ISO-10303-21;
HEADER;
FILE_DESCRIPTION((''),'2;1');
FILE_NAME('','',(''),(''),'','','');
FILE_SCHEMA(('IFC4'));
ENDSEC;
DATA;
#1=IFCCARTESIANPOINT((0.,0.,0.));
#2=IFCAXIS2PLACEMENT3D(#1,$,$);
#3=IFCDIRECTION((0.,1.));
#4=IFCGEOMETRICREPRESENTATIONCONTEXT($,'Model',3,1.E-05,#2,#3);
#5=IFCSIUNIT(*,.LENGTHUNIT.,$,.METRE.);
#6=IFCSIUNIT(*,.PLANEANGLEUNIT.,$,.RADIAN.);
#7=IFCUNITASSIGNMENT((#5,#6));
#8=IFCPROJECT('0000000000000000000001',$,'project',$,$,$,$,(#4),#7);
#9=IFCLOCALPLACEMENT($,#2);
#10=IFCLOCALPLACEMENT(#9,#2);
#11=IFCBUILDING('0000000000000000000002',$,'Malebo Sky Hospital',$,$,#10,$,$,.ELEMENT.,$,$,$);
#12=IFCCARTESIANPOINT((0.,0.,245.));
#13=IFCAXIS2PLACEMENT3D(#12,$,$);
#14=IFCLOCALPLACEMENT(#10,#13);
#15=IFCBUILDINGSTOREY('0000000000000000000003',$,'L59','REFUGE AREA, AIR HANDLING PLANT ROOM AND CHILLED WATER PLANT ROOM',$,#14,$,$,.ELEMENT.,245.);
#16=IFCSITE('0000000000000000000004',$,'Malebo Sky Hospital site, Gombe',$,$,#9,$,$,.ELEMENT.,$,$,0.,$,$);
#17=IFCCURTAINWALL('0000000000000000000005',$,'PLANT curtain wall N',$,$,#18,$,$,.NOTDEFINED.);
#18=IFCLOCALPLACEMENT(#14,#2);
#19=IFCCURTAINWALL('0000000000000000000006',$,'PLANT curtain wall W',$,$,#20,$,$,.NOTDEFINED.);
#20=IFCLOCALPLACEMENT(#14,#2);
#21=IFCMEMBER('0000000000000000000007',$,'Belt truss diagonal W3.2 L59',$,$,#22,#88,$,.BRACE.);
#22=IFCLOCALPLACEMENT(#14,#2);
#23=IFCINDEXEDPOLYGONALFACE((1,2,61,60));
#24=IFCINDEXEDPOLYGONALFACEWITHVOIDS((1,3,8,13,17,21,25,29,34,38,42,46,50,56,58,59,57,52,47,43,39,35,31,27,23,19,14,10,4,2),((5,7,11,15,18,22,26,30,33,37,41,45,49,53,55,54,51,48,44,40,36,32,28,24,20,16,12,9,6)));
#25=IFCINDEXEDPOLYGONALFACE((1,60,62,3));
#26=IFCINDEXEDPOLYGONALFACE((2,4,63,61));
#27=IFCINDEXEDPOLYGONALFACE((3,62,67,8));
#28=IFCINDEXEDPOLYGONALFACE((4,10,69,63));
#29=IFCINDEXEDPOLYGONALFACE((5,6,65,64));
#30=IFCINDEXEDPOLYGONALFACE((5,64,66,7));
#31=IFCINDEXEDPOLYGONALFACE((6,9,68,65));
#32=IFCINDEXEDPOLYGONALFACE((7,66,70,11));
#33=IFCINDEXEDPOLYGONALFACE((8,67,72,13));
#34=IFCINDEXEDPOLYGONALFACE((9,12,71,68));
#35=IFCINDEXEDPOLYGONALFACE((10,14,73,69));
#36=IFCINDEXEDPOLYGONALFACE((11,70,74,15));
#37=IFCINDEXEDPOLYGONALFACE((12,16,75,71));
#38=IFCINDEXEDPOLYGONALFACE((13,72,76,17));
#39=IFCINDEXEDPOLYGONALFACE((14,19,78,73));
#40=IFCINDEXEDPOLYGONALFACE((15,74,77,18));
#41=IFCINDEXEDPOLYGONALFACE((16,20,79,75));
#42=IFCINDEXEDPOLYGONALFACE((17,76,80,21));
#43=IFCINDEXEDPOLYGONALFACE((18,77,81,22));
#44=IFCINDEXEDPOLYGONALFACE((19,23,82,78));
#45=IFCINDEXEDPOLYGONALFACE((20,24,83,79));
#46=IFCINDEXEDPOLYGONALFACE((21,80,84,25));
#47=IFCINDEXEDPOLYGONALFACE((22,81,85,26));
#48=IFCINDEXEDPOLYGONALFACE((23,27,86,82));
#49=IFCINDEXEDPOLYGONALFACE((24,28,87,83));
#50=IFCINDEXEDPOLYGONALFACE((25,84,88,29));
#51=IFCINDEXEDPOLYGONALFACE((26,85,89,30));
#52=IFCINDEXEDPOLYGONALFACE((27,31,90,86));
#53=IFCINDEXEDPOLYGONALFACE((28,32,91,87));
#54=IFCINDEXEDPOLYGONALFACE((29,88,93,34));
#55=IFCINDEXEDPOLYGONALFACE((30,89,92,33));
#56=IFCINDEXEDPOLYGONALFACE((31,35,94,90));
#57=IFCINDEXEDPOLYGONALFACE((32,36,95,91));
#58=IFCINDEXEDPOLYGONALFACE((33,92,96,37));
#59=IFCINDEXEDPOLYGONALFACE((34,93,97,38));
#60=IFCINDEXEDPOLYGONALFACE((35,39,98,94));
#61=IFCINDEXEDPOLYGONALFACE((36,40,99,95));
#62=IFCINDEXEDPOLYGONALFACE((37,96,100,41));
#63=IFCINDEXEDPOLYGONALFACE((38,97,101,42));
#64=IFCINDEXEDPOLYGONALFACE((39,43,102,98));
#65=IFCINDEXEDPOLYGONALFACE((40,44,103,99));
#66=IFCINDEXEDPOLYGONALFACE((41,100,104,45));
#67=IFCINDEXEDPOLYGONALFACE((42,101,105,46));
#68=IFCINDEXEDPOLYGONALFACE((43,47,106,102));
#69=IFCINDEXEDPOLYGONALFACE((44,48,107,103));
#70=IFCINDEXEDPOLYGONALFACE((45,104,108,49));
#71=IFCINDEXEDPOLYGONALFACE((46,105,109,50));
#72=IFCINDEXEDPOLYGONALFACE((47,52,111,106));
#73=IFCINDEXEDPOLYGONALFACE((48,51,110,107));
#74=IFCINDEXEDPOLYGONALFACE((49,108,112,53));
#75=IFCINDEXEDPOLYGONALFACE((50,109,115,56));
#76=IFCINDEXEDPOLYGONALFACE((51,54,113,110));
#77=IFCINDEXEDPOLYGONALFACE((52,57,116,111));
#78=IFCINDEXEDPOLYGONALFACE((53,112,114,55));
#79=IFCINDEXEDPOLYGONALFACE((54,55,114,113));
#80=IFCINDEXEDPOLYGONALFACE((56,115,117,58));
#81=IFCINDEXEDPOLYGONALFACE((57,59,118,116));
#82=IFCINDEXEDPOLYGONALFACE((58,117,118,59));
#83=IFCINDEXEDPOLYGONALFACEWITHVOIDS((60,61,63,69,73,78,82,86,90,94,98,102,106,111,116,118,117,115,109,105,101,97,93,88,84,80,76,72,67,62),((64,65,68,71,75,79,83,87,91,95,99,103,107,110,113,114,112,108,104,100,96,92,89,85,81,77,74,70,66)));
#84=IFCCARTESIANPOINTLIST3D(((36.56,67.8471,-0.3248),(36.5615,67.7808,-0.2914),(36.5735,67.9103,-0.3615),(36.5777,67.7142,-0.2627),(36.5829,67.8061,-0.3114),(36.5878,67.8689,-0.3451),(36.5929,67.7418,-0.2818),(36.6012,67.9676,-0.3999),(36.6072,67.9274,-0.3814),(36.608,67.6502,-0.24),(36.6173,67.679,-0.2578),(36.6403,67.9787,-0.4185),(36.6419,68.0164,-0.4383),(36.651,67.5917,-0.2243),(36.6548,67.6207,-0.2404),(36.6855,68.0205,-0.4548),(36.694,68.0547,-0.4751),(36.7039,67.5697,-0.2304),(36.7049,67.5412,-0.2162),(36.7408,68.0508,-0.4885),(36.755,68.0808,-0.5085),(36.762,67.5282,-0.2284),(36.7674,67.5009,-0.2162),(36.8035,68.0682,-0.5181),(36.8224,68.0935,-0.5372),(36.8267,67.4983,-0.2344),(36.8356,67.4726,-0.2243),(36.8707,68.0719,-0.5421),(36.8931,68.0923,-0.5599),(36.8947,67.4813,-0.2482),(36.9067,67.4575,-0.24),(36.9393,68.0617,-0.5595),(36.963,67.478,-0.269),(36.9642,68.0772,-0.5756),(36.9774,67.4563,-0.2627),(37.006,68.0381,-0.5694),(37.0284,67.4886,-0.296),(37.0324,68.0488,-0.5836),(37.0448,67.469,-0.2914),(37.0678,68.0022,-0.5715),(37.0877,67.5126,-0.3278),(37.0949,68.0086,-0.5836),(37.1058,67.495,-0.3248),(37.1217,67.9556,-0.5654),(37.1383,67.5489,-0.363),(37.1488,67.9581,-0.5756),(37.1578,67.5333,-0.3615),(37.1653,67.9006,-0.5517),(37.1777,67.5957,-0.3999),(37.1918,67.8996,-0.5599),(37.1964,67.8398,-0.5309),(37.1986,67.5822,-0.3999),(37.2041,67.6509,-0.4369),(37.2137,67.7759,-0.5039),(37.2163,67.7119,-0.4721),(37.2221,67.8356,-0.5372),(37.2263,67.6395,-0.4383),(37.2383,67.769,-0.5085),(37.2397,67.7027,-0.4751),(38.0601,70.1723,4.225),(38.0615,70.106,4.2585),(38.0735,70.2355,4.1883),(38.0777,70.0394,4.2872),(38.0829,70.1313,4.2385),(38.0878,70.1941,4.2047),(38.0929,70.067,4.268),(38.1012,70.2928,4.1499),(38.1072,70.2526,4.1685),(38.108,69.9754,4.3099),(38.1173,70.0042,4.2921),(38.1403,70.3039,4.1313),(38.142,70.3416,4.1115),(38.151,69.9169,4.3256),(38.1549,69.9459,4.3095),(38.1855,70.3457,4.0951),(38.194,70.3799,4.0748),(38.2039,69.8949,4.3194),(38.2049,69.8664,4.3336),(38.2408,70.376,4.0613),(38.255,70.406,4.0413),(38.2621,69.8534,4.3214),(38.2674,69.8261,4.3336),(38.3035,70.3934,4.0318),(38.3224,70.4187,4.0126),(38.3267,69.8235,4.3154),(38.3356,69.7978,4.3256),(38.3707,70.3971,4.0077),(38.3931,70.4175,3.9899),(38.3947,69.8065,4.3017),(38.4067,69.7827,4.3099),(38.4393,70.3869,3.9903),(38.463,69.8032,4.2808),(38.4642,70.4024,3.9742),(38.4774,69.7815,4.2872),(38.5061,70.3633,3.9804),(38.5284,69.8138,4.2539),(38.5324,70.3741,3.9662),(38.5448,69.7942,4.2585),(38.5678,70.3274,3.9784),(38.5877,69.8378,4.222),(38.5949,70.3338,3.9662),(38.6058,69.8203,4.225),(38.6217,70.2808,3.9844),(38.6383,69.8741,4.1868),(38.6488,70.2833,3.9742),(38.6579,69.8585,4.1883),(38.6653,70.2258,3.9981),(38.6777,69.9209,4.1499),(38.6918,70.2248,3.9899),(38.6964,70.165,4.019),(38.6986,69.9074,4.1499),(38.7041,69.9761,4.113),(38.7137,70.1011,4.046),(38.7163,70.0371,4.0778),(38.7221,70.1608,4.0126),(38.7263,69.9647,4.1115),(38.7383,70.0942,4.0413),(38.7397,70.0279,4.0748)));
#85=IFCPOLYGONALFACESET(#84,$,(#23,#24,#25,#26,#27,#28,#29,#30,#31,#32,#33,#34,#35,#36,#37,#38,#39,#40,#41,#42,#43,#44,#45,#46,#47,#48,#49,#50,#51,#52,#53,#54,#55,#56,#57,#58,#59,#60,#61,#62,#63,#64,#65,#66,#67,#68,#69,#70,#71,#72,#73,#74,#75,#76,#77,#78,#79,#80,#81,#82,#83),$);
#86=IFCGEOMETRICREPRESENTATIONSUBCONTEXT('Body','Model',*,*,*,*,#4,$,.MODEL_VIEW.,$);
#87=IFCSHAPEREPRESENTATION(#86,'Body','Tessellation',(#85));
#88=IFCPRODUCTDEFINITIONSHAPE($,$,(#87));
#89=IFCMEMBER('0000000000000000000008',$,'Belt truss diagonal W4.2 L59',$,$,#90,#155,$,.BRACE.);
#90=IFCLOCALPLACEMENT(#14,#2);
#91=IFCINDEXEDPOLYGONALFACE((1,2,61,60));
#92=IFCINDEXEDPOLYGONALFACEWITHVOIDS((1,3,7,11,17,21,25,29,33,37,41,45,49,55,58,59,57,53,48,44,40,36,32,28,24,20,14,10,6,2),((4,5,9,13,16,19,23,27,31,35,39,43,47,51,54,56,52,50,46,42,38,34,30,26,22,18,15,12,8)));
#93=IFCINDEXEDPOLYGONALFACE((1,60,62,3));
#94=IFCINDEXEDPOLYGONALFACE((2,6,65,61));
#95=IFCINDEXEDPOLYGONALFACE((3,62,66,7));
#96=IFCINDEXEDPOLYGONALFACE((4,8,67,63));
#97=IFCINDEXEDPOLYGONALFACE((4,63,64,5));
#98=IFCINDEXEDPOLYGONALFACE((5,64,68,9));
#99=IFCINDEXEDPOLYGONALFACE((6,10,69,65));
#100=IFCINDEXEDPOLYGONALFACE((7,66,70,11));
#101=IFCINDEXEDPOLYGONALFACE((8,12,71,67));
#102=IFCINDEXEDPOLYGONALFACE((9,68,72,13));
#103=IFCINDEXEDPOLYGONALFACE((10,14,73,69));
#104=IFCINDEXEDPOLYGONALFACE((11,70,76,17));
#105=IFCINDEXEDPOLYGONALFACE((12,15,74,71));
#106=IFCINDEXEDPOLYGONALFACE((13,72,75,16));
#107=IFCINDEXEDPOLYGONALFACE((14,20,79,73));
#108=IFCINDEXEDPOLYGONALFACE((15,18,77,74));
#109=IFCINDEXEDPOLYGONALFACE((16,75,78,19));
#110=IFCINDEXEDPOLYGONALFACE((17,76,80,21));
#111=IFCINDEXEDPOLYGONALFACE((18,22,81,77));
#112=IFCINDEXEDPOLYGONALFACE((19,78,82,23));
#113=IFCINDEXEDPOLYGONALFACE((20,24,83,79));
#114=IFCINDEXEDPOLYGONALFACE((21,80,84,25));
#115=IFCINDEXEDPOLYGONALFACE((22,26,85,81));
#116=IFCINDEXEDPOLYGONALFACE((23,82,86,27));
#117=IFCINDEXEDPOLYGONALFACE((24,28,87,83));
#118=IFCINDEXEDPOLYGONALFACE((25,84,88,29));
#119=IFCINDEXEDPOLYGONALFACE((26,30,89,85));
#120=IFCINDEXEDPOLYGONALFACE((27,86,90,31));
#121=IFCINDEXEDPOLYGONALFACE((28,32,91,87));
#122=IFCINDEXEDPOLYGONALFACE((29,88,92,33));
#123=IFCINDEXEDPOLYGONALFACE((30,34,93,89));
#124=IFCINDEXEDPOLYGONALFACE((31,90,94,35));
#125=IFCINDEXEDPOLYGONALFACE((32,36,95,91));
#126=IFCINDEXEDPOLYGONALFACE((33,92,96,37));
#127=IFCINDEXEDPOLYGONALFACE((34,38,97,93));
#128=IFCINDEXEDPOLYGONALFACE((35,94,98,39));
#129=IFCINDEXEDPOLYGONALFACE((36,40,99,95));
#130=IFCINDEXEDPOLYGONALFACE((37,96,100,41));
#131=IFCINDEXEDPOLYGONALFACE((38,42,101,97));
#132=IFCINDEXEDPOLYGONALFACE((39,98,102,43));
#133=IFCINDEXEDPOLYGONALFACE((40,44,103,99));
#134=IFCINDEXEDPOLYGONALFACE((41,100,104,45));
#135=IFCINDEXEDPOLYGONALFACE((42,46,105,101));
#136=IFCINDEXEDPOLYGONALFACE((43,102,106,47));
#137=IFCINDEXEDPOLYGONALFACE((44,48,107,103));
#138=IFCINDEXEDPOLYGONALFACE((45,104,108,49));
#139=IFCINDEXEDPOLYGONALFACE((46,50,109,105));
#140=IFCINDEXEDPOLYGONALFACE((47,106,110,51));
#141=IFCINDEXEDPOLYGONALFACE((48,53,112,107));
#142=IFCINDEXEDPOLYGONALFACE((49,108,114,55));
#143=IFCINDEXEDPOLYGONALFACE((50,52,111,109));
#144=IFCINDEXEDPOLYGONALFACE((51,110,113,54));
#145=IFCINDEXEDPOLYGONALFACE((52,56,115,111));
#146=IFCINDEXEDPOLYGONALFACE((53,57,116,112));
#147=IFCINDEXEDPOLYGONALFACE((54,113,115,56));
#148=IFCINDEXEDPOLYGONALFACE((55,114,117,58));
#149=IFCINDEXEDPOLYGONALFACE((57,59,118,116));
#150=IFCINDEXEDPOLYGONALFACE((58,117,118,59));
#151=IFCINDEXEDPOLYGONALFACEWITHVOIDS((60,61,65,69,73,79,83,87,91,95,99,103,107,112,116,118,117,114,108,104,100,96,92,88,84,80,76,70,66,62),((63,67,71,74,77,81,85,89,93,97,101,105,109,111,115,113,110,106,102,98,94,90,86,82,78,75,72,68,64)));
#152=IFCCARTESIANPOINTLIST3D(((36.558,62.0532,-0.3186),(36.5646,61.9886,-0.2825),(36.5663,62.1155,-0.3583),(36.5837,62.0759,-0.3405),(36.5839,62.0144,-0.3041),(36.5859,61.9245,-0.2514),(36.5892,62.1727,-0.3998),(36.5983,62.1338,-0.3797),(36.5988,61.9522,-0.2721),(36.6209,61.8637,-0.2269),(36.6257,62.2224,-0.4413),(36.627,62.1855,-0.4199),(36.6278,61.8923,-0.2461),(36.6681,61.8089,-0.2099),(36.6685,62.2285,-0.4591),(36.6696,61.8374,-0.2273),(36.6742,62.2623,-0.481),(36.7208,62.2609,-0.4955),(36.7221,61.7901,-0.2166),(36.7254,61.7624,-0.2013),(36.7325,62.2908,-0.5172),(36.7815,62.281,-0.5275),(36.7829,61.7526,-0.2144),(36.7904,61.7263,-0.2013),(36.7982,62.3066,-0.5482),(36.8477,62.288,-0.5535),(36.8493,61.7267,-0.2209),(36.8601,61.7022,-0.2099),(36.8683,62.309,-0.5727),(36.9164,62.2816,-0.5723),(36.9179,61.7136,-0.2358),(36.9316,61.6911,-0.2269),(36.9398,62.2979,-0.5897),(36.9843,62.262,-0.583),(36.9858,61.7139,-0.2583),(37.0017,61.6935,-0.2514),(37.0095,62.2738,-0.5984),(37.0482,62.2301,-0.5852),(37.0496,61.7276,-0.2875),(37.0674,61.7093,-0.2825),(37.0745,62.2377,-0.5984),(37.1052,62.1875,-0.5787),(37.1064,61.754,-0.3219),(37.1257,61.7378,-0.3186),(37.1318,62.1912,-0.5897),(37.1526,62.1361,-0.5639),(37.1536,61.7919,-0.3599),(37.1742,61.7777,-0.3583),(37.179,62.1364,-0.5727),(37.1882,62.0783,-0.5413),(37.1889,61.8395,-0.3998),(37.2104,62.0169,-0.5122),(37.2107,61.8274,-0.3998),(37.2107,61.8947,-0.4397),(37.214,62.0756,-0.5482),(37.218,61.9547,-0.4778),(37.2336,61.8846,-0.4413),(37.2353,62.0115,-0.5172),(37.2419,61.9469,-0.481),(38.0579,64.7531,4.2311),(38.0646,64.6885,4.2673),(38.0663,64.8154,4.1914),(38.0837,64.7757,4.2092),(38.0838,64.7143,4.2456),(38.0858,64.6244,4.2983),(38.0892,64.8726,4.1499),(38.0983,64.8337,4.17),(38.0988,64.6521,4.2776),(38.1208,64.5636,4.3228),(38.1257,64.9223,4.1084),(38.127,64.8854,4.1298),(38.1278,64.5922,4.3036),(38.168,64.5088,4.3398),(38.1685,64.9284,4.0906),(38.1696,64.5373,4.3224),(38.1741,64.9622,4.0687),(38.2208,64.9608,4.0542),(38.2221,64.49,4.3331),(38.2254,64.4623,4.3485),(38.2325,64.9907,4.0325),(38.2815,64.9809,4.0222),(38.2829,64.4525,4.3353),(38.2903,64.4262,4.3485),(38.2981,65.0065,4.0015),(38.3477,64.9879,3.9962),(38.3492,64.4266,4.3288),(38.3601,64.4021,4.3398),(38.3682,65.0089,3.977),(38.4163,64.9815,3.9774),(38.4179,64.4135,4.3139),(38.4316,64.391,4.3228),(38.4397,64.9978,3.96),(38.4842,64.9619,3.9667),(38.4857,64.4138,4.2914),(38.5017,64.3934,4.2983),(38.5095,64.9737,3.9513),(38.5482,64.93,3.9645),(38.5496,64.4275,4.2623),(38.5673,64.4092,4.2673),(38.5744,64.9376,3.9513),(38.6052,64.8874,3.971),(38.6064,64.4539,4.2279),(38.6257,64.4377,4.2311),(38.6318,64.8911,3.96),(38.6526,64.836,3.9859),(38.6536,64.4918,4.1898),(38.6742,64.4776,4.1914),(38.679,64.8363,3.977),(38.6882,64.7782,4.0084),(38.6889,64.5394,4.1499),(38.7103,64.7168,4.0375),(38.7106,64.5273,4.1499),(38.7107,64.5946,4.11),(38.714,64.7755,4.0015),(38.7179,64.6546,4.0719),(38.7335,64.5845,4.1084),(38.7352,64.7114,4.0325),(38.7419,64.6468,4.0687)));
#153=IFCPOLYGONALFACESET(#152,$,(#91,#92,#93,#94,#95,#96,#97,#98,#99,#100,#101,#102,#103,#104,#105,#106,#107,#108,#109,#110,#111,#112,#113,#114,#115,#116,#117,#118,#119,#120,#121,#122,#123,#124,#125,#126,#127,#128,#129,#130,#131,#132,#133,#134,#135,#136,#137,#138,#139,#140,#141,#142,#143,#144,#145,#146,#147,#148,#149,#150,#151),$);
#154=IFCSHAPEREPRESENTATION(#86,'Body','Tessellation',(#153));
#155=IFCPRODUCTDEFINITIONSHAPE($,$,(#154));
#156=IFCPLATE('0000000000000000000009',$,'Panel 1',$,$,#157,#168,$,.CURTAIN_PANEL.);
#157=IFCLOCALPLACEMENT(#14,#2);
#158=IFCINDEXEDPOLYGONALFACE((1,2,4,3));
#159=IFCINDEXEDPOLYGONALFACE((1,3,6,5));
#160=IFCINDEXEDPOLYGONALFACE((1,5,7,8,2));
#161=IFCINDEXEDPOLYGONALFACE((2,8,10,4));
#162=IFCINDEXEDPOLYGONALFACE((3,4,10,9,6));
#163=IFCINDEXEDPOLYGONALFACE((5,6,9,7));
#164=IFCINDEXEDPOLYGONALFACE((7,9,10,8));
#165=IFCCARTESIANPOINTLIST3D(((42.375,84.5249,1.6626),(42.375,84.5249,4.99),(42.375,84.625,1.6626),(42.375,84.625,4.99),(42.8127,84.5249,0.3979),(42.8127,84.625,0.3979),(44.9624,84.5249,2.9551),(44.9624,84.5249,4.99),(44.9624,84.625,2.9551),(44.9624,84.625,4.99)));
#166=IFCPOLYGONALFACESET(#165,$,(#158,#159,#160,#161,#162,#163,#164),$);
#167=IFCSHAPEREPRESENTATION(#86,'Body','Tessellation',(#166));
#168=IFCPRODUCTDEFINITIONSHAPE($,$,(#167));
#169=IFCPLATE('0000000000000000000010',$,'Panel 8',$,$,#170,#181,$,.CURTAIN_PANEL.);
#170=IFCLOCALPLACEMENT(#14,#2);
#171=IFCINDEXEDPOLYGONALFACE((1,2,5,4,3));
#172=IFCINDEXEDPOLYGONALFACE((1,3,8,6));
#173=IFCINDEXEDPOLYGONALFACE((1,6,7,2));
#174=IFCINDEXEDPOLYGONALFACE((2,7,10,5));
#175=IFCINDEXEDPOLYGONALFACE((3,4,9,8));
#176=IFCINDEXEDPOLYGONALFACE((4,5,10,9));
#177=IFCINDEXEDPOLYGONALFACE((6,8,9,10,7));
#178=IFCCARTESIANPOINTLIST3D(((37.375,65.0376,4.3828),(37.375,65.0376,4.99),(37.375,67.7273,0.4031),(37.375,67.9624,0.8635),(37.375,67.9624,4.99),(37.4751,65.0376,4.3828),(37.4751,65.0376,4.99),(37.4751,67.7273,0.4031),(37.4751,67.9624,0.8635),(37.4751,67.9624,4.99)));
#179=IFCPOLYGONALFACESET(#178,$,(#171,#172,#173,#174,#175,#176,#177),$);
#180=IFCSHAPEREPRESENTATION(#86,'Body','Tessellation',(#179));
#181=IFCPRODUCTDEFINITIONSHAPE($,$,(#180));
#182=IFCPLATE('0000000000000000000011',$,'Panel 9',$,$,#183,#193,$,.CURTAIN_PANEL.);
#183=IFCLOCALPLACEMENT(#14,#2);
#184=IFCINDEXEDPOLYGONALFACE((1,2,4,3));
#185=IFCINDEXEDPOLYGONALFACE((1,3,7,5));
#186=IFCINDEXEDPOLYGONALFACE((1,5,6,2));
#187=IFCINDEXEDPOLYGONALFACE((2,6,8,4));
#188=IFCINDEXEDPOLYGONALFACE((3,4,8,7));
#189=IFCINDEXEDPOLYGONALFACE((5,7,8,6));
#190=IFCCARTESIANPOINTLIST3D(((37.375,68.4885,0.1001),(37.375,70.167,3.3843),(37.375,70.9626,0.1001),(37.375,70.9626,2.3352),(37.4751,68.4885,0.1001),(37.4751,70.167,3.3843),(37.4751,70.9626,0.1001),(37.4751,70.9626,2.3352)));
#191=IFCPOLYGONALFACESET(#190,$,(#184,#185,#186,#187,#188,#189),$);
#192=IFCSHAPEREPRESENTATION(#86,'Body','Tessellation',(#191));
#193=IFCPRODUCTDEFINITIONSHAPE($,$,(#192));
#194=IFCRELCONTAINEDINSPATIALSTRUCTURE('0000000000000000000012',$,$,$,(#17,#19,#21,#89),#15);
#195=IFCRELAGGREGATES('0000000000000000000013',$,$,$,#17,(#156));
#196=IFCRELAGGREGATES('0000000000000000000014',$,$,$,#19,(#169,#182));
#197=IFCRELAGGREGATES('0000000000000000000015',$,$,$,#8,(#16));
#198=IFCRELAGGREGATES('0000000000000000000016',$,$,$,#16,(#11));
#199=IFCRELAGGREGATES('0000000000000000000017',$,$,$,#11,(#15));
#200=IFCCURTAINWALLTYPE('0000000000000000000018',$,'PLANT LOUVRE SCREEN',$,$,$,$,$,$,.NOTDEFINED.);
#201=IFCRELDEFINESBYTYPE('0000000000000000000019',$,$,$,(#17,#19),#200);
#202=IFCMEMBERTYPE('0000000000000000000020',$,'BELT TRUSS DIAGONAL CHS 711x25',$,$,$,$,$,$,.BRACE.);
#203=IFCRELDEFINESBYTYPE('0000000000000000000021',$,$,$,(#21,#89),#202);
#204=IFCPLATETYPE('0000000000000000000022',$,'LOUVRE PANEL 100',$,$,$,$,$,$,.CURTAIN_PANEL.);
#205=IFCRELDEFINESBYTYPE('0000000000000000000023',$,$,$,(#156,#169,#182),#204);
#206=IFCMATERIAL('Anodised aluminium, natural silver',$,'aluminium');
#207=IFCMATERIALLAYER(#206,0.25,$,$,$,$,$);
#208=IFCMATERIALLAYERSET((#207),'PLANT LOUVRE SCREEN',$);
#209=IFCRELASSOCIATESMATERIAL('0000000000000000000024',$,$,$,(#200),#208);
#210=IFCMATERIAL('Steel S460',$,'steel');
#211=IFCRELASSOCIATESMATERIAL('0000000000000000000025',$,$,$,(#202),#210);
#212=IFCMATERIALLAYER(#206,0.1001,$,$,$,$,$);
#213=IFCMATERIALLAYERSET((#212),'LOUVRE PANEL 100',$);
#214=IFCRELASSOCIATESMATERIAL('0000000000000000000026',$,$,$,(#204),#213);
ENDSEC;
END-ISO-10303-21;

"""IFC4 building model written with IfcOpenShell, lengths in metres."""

from ifc_helpers import new_model, si_unit, direction, frame, origin, origin_2d, place, context, subcontext, project, spatial, polyline, hollow_circle, outline, extrude, material, layer, layer_set, material_profile, profile_set, type_object, element, aggregate, save


model = new_model("IFC4")

# Units and contexts
model_context = context("Model", 3, precision=1e-05, world=origin(), true_north=direction((0.0, 1.0)))
body_context = subcontext(model_context, "Body", "Model", "MODEL_VIEW")
ifc_project = project(units=[si_unit("LENGTHUNIT", "METRE"), si_unit("PLANEANGLEUNIT", "RADIAN")], contexts=[model_context])

# Site, building, storey
site_placement = place(None, origin())
site = spatial("IfcSite", under=ifc_project, at=site_placement, Name="Malebo Sky Hospital site, Gombe", CompositionType="ELEMENT", RefElevation=0.0)
building_placement = place(site_placement, origin())
building = spatial("IfcBuilding", under=site, at=building_placement, Name="Malebo Sky Hospital", CompositionType="ELEMENT")
storey_placement = place(building_placement, frame((0.0, 0.0, 245.0)))
storey = spatial("IfcBuildingStorey", under=building, at=storey_placement, Name="L59", Description="REFUGE AREA, AIR HANDLING PLANT ROOM AND CHILLED WATER PLANT ROOM", CompositionType="ELEMENT", Elevation=245.0)

# Curtain wall
ifc_material_1 = material(Name="Anodised aluminium, natural silver", Category="aluminium")
ifc_layer_1 = layer(ifc_material_1, 0.25)
ifc_layer_set_1 = layer_set([ifc_layer_1], Name="PLANT LOUVRE SCREEN")
curtain_wall_type = type_object("IfcCurtainWallType", Name="PLANT LOUVRE SCREEN", PredefinedType="NOTDEFINED", material=ifc_layer_set_1)
curtain_wall_1_placement = place(storey_placement, origin())
curtain_wall_1 = element("IfcCurtainWall", 1, at=curtain_wall_1_placement, inside=storey, type_object=curtain_wall_type, Name="PLANT curtain wall N", PredefinedType="NOTDEFINED")

# Curtain wall
curtain_wall_2_placement = place(storey_placement, origin())
curtain_wall_2 = element("IfcCurtainWall", 2, at=curtain_wall_2_placement, inside=storey, type_object=curtain_wall_type, Name="PLANT curtain wall W", PredefinedType="NOTDEFINED")

# Members
ifc_material_2 = material(Name="Steel S460", Category="steel")
ifc_material_profile_1 = material_profile(ifc_material_2, hollow_circle(Radius=0.3555, WallThickness=0.0249, at=origin_2d()), Name="CHS 711x25")
ifc_profile_set_1 = profile_set([ifc_material_profile_1], Name="Steel S460")
member_type_1 = type_object("IfcMemberType", Name="BELT TRUSS DIAGONAL CHS 711x25", PredefinedType="BRACE", material=ifc_profile_set_1)
member_1_placement = place(storey_placement, frame((38.3999, 70.1001, 4.1499), z_axis=(-0.281682, -0.436644, -0.854399), x_axis=(0.840317, -0.542095, 0.0)))
element("IfcMember", 3, at=member_1_placement, inside=storey, type_object=member_type_1, Name="Belt truss diagonal W3.2 L59", PredefinedType="BRACE", context=body_context, shape_type="SweptSolid", body=[
    extrude(hollow_circle(Radius=0.3555, WallThickness=0.0249, at=origin_2d()), origin(), (0.0, 0.0, 1.0), 5.3252),
])
member_2_placement = place(storey_placement, frame((38.3999, 64.7, 4.1499), z_axis=(-0.27277, -0.490978, -0.827368), x_axis=(0.874154, -0.48565, 0.0)))
element("IfcMember", 4, at=member_2_placement, inside=storey, type_object=member_type_1, Name="Belt truss diagonal W4.2 L59", PredefinedType="BRACE", context=body_context, shape_type="SweptSolid", body=[
    extrude(hollow_circle(Radius=0.3555, WallThickness=0.0249, at=origin_2d()), origin(), (0.0, 0.0, 1.0), 5.499),
])

# Plates
ifc_layer_2 = layer(ifc_material_1, 0.1001)
ifc_layer_set_2 = layer_set([ifc_layer_2], Name="LOUVRE PANEL 100")
plate_type = type_object("IfcPlateType", Name="LOUVRE PANEL 100", PredefinedType="CURTAIN_PANEL", material=ifc_layer_set_2)
plate_1_placement = place(storey_placement, frame((43.6687, 84.575, 0.3979), z_axis=(0.0, 0.0, 1.0), x_axis=(1.0, 0.0, 0.0)))
plate_1 = element("IfcPlate", 5, at=plate_1_placement, type_object=plate_type, Name="Panel 1", PredefinedType="CURTAIN_PANEL", context=body_context, shape_type="SweptSolid", body=[
    extrude(outline(polyline([(-0.856, 0.0), (1.2937, 2.5571), (1.2937, 4.592), (-1.2937, 4.592), (-1.2937, 1.2646), (-0.856, 0.0)])), frame((0.0, 0.05, 0.0), z_axis=(0.0, -1.0, 0.0), x_axis=(1.0, 0.0, 0.0)), (0.0, 0.0, 1.0), 0.1001),
])
aggregate(curtain_wall_1, [plate_1])
plate_2_placement = place(storey_placement, frame((37.425, 66.5, 0.4031), z_axis=(0.0, 0.0, 1.0), x_axis=(0.0, 1.0, 0.0)))
plate_2 = element("IfcPlate", 6, at=plate_2_placement, type_object=plate_type, Name="Panel 8", PredefinedType="CURTAIN_PANEL", context=body_context, shape_type="SweptSolid", body=[
    extrude(outline(polyline([(1.2273, 0.0), (1.4624, 0.4604), (1.4624, 4.5869), (-1.4624, 4.5869), (-1.4624, 3.9797), (1.2273, 0.0)])), frame((0.0, 0.05, 0.0), z_axis=(0.0, -1.0, 0.0), x_axis=(1.0, 0.0, 0.0)), (0.0, 0.0, 1.0), 0.1001),
])
plate_3_placement = place(storey_placement, frame((37.425, 69.7256, 0.1001), z_axis=(0.0, 0.0, 1.0), x_axis=(0.0, 1.0, 0.0)))
plate_3 = element("IfcPlate", 7, at=plate_3_placement, type_object=plate_type, Name="Panel 9", PredefinedType="CURTAIN_PANEL", context=body_context, shape_type="SweptSolid", body=[
    extrude(outline(polyline([(-1.2371, 0.0), (1.2371, 0.0), (1.2371, 2.2351), (0.4414, 3.2842), (-1.2371, 0.0)])), frame((0.0, 0.05, 0.0), z_axis=(0.0, -1.0, 0.0), x_axis=(1.0, 0.0, 0.0)), (0.0, 0.0, 1.0), 0.1001),
])
aggregate(curtain_wall_2, [plate_2, plate_3])

save(model, "model.ifc")
